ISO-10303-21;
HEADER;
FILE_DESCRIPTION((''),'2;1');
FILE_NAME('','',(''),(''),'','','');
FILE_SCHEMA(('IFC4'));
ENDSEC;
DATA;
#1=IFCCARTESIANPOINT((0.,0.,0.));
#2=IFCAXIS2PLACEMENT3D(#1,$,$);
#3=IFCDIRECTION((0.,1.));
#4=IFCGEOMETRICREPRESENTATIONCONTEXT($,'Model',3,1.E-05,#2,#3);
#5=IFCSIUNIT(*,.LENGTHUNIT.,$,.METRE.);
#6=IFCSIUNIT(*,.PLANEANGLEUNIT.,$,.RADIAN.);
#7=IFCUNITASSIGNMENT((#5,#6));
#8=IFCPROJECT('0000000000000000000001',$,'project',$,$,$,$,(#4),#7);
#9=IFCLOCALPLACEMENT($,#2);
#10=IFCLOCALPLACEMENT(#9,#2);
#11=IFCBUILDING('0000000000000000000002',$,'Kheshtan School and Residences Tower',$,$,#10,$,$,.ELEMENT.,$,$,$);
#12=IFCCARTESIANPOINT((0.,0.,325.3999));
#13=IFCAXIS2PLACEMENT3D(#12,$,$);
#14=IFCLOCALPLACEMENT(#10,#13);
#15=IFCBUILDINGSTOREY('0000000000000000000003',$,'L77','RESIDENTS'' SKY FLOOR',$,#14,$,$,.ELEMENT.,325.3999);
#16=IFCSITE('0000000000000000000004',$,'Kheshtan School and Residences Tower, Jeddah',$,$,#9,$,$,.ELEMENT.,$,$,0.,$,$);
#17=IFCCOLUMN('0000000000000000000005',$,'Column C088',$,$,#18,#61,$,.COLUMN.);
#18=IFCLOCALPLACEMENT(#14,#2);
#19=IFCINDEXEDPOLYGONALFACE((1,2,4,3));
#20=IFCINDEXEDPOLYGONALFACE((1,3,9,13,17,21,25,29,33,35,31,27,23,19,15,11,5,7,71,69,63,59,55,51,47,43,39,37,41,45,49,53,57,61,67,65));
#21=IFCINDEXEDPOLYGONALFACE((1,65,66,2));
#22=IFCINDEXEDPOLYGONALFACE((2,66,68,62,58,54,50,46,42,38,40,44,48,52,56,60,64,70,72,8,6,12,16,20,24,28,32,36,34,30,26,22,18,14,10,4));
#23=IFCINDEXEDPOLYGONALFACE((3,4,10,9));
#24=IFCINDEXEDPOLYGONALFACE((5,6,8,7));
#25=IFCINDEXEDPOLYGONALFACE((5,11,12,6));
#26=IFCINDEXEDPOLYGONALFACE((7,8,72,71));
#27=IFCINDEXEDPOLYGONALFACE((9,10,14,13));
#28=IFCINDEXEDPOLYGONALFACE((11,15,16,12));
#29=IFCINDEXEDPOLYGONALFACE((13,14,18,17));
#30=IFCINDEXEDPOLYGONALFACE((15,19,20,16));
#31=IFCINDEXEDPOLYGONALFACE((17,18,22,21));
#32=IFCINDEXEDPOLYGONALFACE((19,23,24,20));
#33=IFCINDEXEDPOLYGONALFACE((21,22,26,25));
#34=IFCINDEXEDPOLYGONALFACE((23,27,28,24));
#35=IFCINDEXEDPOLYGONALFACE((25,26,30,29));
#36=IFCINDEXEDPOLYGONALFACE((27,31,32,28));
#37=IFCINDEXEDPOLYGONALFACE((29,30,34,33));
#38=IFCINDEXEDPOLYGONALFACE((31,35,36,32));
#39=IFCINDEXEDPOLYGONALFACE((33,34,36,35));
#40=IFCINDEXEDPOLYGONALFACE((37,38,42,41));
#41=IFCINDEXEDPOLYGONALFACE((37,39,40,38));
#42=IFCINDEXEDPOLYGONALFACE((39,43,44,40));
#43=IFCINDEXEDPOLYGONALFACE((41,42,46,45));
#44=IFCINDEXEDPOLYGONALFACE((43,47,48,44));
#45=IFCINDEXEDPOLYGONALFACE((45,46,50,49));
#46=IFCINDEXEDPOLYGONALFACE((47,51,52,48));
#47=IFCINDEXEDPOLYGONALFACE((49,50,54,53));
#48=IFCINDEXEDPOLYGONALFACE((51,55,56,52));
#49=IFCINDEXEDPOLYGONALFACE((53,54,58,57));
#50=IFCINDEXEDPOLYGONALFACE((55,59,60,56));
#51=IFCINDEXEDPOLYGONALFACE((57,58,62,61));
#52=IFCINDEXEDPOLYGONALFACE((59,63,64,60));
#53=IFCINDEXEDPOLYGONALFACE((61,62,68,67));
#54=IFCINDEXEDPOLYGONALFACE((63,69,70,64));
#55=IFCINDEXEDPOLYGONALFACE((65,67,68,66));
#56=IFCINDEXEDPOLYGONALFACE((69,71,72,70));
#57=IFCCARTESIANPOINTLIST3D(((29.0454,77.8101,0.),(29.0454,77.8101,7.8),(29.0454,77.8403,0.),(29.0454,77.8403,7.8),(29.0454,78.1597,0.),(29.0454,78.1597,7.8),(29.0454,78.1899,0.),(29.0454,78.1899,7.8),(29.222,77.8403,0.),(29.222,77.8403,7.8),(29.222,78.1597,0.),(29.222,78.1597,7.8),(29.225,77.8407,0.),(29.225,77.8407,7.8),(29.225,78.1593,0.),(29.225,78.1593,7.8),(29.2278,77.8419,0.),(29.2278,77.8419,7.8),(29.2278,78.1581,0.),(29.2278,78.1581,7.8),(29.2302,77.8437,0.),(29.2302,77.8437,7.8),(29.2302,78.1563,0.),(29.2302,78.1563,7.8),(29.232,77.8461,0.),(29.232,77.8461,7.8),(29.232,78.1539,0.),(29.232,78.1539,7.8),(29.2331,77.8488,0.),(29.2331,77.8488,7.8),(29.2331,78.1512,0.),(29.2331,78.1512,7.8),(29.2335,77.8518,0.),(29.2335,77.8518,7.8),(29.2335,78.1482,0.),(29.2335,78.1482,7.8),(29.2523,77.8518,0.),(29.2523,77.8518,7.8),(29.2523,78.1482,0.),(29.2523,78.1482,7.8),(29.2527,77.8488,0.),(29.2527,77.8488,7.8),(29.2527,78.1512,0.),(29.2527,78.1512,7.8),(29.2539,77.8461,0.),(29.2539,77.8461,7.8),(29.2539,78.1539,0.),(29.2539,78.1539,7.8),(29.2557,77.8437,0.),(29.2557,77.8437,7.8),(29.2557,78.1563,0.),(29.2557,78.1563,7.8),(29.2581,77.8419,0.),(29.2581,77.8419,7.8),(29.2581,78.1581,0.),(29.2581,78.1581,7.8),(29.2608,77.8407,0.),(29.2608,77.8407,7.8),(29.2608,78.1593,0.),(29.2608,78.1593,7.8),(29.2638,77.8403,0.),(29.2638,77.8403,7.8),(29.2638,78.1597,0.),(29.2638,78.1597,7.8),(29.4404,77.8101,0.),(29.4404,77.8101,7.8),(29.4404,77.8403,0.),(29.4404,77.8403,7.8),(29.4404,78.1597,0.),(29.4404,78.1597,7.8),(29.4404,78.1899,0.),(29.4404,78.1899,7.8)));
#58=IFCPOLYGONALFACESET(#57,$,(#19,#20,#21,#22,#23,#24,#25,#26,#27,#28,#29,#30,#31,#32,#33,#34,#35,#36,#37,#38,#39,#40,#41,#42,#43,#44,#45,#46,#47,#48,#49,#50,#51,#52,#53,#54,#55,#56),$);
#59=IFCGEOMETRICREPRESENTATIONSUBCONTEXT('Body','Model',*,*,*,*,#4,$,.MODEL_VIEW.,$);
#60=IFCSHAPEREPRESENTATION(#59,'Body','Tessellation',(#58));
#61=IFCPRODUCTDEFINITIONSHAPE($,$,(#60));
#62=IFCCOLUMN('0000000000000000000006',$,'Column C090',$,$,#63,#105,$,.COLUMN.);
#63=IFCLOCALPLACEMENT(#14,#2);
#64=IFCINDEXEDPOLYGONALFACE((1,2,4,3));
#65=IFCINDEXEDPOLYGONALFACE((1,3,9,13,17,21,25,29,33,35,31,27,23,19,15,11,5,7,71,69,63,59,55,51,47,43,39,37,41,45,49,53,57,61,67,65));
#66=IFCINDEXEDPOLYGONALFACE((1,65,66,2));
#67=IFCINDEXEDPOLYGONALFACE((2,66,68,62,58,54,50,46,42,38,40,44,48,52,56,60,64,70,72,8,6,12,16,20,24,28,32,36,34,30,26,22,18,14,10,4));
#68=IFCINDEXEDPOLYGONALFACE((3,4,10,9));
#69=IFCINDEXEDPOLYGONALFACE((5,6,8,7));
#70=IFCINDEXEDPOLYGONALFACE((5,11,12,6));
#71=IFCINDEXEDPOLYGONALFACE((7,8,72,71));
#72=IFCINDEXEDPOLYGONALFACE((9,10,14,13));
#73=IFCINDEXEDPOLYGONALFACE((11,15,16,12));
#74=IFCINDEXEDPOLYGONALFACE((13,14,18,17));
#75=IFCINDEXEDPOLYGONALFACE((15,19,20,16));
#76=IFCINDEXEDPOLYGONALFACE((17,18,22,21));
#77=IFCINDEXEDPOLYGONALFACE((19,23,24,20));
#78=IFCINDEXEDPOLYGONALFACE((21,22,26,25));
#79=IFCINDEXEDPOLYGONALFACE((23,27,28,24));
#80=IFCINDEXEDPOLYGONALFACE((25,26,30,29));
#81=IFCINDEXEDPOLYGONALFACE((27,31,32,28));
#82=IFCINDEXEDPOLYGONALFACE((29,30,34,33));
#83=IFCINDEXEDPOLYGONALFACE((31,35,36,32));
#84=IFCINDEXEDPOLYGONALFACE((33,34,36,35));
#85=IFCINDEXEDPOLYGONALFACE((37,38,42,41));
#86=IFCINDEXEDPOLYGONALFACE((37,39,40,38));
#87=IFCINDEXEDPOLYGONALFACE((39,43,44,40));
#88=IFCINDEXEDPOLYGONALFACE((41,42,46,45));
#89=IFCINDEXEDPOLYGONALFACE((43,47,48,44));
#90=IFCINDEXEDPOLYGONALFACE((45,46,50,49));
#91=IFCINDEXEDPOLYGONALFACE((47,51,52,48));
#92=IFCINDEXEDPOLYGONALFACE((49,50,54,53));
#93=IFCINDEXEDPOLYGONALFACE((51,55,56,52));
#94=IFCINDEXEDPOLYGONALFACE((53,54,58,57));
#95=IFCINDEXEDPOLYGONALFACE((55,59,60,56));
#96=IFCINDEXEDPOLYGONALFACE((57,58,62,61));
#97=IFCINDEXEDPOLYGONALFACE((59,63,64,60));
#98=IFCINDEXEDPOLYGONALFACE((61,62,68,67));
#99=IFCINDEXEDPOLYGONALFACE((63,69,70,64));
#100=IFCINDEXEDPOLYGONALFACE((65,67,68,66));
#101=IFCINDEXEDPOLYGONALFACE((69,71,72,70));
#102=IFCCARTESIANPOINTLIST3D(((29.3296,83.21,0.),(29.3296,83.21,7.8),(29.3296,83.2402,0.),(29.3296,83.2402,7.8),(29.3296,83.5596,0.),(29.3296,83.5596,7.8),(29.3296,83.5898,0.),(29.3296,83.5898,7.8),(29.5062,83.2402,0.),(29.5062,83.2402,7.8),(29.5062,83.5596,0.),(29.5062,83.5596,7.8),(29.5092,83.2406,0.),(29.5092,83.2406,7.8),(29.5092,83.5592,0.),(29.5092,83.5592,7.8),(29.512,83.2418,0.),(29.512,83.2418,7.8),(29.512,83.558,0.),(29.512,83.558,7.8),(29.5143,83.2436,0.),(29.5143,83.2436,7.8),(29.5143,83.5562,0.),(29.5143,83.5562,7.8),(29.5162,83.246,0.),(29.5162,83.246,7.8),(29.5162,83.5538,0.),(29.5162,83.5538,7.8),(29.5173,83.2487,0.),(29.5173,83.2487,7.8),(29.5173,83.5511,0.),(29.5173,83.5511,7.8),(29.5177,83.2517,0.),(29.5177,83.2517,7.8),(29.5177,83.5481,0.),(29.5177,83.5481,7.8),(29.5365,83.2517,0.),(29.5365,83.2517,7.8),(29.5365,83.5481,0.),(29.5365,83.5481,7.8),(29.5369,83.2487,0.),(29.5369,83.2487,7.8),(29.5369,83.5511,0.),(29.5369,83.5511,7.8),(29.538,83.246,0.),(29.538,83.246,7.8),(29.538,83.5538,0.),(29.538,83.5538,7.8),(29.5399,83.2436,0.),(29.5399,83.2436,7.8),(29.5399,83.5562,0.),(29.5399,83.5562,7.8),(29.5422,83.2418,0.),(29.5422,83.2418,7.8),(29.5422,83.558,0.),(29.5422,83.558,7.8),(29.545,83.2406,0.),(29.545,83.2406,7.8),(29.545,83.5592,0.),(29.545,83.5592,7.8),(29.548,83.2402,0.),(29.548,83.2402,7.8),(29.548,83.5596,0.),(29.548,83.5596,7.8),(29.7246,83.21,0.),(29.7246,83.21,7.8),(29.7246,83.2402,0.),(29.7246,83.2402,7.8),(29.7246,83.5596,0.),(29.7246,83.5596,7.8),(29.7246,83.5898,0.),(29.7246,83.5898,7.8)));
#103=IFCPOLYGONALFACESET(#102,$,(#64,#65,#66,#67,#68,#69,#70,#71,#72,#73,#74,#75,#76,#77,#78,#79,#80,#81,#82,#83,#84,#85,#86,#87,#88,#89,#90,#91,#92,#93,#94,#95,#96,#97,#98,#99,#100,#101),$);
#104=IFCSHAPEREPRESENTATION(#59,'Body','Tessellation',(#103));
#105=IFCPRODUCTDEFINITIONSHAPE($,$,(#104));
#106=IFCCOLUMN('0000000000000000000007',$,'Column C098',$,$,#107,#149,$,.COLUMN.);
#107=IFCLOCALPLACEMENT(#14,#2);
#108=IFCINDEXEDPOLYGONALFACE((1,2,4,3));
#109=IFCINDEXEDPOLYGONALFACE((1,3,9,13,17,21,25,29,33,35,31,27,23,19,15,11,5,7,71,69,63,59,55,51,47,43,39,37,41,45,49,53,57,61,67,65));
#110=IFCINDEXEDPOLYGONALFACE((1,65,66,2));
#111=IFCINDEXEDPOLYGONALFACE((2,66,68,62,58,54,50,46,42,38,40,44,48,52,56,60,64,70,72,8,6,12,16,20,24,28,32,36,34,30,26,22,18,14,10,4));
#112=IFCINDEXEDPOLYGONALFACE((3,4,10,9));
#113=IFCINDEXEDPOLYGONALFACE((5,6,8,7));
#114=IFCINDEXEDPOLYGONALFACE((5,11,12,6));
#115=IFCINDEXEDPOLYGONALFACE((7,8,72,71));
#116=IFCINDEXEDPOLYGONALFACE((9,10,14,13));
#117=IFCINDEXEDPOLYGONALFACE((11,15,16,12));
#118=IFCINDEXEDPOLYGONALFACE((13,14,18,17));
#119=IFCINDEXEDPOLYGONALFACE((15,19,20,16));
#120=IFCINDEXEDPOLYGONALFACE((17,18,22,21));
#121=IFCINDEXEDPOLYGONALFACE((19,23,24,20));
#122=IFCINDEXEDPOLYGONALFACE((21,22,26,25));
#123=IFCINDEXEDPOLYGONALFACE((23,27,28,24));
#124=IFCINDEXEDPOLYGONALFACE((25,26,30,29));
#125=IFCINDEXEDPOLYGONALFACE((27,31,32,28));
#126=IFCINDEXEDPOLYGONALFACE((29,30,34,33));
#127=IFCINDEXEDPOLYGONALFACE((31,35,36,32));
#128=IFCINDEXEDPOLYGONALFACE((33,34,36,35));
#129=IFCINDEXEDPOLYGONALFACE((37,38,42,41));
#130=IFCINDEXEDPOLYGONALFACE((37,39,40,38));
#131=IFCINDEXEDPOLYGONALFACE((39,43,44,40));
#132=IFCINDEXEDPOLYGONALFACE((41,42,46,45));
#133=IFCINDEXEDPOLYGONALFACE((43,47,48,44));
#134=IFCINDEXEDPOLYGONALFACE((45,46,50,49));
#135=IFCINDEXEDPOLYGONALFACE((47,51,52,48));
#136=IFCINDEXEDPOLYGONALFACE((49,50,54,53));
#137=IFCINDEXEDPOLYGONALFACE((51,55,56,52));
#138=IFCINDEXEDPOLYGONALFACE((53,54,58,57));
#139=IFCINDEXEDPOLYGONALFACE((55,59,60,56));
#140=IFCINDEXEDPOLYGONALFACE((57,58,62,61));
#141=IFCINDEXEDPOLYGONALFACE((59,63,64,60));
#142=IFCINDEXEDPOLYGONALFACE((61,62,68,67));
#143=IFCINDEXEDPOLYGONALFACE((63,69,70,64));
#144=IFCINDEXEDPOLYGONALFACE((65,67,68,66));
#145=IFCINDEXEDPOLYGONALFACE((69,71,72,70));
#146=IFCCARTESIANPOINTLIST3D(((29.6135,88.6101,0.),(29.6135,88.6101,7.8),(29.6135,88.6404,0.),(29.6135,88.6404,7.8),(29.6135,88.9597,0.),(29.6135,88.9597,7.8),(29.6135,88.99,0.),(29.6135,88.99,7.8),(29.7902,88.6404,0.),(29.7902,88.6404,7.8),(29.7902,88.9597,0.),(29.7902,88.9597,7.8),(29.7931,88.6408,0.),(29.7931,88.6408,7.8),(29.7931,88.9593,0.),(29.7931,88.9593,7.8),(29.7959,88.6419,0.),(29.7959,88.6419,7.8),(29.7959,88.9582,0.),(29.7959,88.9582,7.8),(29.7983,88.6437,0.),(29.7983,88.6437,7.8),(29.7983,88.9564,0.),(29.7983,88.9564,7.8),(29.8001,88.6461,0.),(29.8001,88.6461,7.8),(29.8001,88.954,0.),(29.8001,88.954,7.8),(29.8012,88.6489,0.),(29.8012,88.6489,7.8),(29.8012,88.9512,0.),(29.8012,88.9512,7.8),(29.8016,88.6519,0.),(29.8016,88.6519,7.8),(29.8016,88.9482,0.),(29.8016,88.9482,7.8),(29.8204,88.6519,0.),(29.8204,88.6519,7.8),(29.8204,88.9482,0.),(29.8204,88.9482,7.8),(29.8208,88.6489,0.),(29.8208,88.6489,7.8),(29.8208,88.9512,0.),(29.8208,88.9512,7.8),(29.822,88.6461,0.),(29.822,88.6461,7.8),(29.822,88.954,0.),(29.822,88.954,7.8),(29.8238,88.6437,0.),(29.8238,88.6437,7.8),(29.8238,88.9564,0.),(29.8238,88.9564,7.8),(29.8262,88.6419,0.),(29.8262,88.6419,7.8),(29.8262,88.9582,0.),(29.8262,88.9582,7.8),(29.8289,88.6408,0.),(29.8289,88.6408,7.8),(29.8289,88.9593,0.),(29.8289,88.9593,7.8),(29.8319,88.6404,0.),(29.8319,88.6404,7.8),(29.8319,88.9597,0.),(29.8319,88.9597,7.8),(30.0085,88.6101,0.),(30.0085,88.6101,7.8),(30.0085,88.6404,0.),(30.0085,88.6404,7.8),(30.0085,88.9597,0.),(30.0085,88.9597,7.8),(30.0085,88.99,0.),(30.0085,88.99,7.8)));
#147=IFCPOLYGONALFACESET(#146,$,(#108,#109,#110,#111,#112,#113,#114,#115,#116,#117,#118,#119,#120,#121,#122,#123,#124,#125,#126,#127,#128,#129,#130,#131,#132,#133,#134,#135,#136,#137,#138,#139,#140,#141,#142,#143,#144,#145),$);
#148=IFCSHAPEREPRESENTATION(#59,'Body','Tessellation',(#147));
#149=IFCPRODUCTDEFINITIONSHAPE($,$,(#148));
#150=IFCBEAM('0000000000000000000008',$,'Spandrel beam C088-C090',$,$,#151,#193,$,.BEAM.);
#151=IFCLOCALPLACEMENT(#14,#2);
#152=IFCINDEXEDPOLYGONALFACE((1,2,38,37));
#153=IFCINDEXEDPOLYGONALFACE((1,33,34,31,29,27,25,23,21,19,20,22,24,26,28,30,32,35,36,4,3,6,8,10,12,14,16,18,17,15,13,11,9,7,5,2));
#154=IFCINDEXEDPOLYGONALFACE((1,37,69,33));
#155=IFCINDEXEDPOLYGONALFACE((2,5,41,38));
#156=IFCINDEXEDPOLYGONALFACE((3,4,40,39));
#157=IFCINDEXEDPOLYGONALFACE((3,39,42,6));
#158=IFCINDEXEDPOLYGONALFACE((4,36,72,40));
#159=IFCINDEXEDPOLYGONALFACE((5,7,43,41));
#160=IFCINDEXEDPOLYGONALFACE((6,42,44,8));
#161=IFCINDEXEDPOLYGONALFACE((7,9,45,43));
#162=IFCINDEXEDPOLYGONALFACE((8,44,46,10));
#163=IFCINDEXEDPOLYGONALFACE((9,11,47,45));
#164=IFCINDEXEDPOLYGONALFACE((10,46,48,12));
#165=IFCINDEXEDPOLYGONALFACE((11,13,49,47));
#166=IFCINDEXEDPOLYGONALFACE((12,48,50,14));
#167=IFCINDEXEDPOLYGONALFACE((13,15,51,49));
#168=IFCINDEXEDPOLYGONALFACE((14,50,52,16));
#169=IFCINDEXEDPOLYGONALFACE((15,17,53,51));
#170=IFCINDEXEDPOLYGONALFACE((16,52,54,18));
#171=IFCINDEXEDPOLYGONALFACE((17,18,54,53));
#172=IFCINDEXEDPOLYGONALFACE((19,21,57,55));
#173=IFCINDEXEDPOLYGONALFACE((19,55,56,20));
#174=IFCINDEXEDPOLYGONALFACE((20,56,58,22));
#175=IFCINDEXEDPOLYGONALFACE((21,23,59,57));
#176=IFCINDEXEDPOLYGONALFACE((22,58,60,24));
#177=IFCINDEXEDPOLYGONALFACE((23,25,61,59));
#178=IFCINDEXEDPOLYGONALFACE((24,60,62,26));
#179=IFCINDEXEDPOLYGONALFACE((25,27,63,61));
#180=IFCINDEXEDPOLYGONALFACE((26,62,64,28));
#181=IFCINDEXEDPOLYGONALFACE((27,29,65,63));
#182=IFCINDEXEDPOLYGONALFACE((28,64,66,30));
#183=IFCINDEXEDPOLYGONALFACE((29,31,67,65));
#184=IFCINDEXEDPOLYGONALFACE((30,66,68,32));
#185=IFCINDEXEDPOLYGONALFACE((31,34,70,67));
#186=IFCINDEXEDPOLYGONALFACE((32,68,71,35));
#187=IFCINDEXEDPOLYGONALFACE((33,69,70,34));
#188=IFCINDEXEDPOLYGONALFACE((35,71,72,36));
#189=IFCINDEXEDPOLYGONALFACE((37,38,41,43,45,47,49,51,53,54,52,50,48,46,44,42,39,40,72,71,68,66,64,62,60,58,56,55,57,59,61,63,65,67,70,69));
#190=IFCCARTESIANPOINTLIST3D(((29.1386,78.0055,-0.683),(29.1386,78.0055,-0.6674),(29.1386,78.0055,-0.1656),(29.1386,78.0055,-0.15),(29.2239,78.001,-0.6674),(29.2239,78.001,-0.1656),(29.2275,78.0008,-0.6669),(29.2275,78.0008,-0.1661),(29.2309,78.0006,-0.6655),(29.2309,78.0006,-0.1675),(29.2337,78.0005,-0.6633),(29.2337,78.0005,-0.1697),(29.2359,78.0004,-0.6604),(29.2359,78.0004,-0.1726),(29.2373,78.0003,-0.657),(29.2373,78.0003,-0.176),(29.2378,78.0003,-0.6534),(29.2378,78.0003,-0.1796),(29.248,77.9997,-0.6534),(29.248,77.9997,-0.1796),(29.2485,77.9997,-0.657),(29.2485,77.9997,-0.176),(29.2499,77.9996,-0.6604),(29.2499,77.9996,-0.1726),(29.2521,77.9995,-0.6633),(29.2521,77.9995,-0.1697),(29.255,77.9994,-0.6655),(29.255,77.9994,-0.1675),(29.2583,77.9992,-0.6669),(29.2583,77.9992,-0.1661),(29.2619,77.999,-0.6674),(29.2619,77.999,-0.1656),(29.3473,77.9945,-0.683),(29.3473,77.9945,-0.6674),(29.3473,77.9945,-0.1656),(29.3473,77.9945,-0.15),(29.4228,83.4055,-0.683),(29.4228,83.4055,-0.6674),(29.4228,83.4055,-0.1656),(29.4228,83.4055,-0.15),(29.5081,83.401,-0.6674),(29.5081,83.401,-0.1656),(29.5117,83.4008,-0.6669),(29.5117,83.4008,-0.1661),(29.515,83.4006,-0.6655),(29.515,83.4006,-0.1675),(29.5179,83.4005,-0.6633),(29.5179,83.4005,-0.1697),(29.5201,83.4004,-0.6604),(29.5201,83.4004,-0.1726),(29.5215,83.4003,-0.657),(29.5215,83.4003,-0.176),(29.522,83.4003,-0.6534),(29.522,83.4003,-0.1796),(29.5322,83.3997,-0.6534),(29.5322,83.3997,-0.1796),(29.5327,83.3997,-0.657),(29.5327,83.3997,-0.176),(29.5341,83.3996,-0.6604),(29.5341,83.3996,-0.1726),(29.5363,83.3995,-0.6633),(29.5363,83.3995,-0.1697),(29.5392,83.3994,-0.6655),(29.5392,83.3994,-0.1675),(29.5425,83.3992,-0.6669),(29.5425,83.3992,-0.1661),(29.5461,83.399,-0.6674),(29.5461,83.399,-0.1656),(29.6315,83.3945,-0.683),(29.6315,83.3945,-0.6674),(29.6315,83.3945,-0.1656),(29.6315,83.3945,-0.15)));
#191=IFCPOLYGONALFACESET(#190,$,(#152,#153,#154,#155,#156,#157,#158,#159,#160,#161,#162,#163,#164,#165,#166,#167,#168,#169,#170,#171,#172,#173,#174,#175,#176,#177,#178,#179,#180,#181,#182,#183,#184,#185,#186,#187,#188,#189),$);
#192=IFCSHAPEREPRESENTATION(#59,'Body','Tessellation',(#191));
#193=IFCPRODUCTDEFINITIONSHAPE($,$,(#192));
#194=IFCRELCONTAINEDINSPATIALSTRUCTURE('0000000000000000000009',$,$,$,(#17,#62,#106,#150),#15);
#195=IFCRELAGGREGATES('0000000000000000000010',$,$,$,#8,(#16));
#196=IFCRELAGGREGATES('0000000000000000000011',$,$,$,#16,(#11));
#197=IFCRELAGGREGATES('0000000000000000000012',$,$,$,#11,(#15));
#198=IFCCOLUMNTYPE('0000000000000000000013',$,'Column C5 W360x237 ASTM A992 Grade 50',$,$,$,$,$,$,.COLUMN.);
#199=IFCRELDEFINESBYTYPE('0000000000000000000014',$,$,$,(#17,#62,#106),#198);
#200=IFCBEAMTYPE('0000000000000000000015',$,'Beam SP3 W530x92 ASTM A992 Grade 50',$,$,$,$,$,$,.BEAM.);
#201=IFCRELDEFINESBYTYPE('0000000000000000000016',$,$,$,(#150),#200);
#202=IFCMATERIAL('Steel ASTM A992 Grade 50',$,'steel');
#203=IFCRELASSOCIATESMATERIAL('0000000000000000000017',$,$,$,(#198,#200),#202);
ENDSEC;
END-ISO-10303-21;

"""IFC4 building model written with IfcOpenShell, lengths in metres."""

from ifc_helpers import new_model, si_unit, direction, frame, origin, origin_2d, place, context, subcontext, project, spatial, i_section, extrude, material, material_profile, profile_set, type_object, element, save


model = new_model("IFC4")

# Units and contexts
model_context = context("Model", 3, precision=1e-05, world=origin(), true_north=direction((0.0, 1.0)))
body_context = subcontext(model_context, "Body", "Model", "MODEL_VIEW")
ifc_project = project(units=[si_unit("LENGTHUNIT", "METRE"), si_unit("PLANEANGLEUNIT", "RADIAN")], contexts=[model_context])

# Site, building, storey
site_placement = place(None, origin())
site = spatial("IfcSite", under=ifc_project, at=site_placement, Name="Kheshtan School and Residences Tower, Jeddah", CompositionType="ELEMENT", RefElevation=0.0)
building_placement = place(site_placement, origin())
building = spatial("IfcBuilding", under=site, at=building_placement, Name="Kheshtan School and Residences Tower", CompositionType="ELEMENT")
storey_placement = place(building_placement, frame((0.0, 0.0, 325.3999)))
storey = spatial("IfcBuildingStorey", under=building, at=storey_placement, Name="L77", Description="RESIDENTS' SKY FLOOR", CompositionType="ELEMENT", Elevation=325.3999)

# Columns
ifc_material_1 = material(Name="Steel ASTM A992 Grade 50", Category="steel")
ifc_material_profile_1 = material_profile(ifc_material_1, i_section(OverallWidth=0.395, OverallDepth=0.3799, WebThickness=0.0188, FlangeThickness=0.0303, FilletRadius=0.0115, at=origin_2d()), Name="W360x237")
ifc_profile_set_1 = profile_set([ifc_material_profile_1], Name="Steel ASTM A992 Grade 50")
column_type = type_object("IfcColumnType", Name="Column C5 W360x237 ASTM A992 Grade 50", PredefinedType="COLUMN", material=ifc_profile_set_1)
for number, where, z_axis, x_axis, name in (
    (1, (29.2429, 78.0, 0.0), (0.0, 0.0, 1.0), (1.0, 0.0, 0.0), "Column C088"),
    (2, (29.5271, 83.3999, 0.0), (0.0, 0.0, 1.0), (1.0, 0.0, 0.0), "Column C090"),
    (3, (29.811, 88.8, 0.0), (0.0, 0.0, 1.0), (1.0, 0.0, 0.0), "Column C098"),
):
    element("IfcColumn", number, at=place(storey_placement, frame(where, z_axis=z_axis, x_axis=x_axis)), inside=storey, type_object=column_type, Name=name, PredefinedType="COLUMN", context=body_context, shape_type="SweptSolid", body=[
        extrude(i_section(OverallWidth=0.395, OverallDepth=0.3799, WebThickness=0.0188, FlangeThickness=0.0303, FilletRadius=0.0115, at=origin_2d()), origin(), (0.0, 0.0, 1.0), 7.8),
    ])

# Beam
ifc_material_profile_2 = material_profile(ifc_material_1, i_section(OverallWidth=0.209, OverallDepth=0.533, WebThickness=0.0103, FlangeThickness=0.0156, FilletRadius=0.0139, at=origin_2d()), Name="W530x92")
ifc_profile_set_2 = profile_set([ifc_material_profile_2], Name="Steel ASTM A992 Grade 50")
beam_type_1 = type_object("IfcBeamType", Name="Beam SP3 W530x92 ASTM A992 Grade 50", PredefinedType="BEAM", material=ifc_profile_set_2)
beam_1_placement = place(storey_placement, frame((29.2429, 78.0, -0.4165), z_axis=(0.052554, 0.998618, 0.0), x_axis=(-0.998618, 0.052554, 0.0)))
element("IfcBeam", 4, at=beam_1_placement, inside=storey, type_object=beam_type_1, Name="Spandrel beam C088-C090", PredefinedType="BEAM", context=body_context, shape_type="SweptSolid", body=[
    extrude(i_section(OverallWidth=0.209, OverallDepth=0.533, WebThickness=0.0103, FlangeThickness=0.0156, FilletRadius=0.0139, at=origin_2d()), origin(), (0.0, 0.0, 1.0), 5.4075),
])

save(model, "model.ifc")
